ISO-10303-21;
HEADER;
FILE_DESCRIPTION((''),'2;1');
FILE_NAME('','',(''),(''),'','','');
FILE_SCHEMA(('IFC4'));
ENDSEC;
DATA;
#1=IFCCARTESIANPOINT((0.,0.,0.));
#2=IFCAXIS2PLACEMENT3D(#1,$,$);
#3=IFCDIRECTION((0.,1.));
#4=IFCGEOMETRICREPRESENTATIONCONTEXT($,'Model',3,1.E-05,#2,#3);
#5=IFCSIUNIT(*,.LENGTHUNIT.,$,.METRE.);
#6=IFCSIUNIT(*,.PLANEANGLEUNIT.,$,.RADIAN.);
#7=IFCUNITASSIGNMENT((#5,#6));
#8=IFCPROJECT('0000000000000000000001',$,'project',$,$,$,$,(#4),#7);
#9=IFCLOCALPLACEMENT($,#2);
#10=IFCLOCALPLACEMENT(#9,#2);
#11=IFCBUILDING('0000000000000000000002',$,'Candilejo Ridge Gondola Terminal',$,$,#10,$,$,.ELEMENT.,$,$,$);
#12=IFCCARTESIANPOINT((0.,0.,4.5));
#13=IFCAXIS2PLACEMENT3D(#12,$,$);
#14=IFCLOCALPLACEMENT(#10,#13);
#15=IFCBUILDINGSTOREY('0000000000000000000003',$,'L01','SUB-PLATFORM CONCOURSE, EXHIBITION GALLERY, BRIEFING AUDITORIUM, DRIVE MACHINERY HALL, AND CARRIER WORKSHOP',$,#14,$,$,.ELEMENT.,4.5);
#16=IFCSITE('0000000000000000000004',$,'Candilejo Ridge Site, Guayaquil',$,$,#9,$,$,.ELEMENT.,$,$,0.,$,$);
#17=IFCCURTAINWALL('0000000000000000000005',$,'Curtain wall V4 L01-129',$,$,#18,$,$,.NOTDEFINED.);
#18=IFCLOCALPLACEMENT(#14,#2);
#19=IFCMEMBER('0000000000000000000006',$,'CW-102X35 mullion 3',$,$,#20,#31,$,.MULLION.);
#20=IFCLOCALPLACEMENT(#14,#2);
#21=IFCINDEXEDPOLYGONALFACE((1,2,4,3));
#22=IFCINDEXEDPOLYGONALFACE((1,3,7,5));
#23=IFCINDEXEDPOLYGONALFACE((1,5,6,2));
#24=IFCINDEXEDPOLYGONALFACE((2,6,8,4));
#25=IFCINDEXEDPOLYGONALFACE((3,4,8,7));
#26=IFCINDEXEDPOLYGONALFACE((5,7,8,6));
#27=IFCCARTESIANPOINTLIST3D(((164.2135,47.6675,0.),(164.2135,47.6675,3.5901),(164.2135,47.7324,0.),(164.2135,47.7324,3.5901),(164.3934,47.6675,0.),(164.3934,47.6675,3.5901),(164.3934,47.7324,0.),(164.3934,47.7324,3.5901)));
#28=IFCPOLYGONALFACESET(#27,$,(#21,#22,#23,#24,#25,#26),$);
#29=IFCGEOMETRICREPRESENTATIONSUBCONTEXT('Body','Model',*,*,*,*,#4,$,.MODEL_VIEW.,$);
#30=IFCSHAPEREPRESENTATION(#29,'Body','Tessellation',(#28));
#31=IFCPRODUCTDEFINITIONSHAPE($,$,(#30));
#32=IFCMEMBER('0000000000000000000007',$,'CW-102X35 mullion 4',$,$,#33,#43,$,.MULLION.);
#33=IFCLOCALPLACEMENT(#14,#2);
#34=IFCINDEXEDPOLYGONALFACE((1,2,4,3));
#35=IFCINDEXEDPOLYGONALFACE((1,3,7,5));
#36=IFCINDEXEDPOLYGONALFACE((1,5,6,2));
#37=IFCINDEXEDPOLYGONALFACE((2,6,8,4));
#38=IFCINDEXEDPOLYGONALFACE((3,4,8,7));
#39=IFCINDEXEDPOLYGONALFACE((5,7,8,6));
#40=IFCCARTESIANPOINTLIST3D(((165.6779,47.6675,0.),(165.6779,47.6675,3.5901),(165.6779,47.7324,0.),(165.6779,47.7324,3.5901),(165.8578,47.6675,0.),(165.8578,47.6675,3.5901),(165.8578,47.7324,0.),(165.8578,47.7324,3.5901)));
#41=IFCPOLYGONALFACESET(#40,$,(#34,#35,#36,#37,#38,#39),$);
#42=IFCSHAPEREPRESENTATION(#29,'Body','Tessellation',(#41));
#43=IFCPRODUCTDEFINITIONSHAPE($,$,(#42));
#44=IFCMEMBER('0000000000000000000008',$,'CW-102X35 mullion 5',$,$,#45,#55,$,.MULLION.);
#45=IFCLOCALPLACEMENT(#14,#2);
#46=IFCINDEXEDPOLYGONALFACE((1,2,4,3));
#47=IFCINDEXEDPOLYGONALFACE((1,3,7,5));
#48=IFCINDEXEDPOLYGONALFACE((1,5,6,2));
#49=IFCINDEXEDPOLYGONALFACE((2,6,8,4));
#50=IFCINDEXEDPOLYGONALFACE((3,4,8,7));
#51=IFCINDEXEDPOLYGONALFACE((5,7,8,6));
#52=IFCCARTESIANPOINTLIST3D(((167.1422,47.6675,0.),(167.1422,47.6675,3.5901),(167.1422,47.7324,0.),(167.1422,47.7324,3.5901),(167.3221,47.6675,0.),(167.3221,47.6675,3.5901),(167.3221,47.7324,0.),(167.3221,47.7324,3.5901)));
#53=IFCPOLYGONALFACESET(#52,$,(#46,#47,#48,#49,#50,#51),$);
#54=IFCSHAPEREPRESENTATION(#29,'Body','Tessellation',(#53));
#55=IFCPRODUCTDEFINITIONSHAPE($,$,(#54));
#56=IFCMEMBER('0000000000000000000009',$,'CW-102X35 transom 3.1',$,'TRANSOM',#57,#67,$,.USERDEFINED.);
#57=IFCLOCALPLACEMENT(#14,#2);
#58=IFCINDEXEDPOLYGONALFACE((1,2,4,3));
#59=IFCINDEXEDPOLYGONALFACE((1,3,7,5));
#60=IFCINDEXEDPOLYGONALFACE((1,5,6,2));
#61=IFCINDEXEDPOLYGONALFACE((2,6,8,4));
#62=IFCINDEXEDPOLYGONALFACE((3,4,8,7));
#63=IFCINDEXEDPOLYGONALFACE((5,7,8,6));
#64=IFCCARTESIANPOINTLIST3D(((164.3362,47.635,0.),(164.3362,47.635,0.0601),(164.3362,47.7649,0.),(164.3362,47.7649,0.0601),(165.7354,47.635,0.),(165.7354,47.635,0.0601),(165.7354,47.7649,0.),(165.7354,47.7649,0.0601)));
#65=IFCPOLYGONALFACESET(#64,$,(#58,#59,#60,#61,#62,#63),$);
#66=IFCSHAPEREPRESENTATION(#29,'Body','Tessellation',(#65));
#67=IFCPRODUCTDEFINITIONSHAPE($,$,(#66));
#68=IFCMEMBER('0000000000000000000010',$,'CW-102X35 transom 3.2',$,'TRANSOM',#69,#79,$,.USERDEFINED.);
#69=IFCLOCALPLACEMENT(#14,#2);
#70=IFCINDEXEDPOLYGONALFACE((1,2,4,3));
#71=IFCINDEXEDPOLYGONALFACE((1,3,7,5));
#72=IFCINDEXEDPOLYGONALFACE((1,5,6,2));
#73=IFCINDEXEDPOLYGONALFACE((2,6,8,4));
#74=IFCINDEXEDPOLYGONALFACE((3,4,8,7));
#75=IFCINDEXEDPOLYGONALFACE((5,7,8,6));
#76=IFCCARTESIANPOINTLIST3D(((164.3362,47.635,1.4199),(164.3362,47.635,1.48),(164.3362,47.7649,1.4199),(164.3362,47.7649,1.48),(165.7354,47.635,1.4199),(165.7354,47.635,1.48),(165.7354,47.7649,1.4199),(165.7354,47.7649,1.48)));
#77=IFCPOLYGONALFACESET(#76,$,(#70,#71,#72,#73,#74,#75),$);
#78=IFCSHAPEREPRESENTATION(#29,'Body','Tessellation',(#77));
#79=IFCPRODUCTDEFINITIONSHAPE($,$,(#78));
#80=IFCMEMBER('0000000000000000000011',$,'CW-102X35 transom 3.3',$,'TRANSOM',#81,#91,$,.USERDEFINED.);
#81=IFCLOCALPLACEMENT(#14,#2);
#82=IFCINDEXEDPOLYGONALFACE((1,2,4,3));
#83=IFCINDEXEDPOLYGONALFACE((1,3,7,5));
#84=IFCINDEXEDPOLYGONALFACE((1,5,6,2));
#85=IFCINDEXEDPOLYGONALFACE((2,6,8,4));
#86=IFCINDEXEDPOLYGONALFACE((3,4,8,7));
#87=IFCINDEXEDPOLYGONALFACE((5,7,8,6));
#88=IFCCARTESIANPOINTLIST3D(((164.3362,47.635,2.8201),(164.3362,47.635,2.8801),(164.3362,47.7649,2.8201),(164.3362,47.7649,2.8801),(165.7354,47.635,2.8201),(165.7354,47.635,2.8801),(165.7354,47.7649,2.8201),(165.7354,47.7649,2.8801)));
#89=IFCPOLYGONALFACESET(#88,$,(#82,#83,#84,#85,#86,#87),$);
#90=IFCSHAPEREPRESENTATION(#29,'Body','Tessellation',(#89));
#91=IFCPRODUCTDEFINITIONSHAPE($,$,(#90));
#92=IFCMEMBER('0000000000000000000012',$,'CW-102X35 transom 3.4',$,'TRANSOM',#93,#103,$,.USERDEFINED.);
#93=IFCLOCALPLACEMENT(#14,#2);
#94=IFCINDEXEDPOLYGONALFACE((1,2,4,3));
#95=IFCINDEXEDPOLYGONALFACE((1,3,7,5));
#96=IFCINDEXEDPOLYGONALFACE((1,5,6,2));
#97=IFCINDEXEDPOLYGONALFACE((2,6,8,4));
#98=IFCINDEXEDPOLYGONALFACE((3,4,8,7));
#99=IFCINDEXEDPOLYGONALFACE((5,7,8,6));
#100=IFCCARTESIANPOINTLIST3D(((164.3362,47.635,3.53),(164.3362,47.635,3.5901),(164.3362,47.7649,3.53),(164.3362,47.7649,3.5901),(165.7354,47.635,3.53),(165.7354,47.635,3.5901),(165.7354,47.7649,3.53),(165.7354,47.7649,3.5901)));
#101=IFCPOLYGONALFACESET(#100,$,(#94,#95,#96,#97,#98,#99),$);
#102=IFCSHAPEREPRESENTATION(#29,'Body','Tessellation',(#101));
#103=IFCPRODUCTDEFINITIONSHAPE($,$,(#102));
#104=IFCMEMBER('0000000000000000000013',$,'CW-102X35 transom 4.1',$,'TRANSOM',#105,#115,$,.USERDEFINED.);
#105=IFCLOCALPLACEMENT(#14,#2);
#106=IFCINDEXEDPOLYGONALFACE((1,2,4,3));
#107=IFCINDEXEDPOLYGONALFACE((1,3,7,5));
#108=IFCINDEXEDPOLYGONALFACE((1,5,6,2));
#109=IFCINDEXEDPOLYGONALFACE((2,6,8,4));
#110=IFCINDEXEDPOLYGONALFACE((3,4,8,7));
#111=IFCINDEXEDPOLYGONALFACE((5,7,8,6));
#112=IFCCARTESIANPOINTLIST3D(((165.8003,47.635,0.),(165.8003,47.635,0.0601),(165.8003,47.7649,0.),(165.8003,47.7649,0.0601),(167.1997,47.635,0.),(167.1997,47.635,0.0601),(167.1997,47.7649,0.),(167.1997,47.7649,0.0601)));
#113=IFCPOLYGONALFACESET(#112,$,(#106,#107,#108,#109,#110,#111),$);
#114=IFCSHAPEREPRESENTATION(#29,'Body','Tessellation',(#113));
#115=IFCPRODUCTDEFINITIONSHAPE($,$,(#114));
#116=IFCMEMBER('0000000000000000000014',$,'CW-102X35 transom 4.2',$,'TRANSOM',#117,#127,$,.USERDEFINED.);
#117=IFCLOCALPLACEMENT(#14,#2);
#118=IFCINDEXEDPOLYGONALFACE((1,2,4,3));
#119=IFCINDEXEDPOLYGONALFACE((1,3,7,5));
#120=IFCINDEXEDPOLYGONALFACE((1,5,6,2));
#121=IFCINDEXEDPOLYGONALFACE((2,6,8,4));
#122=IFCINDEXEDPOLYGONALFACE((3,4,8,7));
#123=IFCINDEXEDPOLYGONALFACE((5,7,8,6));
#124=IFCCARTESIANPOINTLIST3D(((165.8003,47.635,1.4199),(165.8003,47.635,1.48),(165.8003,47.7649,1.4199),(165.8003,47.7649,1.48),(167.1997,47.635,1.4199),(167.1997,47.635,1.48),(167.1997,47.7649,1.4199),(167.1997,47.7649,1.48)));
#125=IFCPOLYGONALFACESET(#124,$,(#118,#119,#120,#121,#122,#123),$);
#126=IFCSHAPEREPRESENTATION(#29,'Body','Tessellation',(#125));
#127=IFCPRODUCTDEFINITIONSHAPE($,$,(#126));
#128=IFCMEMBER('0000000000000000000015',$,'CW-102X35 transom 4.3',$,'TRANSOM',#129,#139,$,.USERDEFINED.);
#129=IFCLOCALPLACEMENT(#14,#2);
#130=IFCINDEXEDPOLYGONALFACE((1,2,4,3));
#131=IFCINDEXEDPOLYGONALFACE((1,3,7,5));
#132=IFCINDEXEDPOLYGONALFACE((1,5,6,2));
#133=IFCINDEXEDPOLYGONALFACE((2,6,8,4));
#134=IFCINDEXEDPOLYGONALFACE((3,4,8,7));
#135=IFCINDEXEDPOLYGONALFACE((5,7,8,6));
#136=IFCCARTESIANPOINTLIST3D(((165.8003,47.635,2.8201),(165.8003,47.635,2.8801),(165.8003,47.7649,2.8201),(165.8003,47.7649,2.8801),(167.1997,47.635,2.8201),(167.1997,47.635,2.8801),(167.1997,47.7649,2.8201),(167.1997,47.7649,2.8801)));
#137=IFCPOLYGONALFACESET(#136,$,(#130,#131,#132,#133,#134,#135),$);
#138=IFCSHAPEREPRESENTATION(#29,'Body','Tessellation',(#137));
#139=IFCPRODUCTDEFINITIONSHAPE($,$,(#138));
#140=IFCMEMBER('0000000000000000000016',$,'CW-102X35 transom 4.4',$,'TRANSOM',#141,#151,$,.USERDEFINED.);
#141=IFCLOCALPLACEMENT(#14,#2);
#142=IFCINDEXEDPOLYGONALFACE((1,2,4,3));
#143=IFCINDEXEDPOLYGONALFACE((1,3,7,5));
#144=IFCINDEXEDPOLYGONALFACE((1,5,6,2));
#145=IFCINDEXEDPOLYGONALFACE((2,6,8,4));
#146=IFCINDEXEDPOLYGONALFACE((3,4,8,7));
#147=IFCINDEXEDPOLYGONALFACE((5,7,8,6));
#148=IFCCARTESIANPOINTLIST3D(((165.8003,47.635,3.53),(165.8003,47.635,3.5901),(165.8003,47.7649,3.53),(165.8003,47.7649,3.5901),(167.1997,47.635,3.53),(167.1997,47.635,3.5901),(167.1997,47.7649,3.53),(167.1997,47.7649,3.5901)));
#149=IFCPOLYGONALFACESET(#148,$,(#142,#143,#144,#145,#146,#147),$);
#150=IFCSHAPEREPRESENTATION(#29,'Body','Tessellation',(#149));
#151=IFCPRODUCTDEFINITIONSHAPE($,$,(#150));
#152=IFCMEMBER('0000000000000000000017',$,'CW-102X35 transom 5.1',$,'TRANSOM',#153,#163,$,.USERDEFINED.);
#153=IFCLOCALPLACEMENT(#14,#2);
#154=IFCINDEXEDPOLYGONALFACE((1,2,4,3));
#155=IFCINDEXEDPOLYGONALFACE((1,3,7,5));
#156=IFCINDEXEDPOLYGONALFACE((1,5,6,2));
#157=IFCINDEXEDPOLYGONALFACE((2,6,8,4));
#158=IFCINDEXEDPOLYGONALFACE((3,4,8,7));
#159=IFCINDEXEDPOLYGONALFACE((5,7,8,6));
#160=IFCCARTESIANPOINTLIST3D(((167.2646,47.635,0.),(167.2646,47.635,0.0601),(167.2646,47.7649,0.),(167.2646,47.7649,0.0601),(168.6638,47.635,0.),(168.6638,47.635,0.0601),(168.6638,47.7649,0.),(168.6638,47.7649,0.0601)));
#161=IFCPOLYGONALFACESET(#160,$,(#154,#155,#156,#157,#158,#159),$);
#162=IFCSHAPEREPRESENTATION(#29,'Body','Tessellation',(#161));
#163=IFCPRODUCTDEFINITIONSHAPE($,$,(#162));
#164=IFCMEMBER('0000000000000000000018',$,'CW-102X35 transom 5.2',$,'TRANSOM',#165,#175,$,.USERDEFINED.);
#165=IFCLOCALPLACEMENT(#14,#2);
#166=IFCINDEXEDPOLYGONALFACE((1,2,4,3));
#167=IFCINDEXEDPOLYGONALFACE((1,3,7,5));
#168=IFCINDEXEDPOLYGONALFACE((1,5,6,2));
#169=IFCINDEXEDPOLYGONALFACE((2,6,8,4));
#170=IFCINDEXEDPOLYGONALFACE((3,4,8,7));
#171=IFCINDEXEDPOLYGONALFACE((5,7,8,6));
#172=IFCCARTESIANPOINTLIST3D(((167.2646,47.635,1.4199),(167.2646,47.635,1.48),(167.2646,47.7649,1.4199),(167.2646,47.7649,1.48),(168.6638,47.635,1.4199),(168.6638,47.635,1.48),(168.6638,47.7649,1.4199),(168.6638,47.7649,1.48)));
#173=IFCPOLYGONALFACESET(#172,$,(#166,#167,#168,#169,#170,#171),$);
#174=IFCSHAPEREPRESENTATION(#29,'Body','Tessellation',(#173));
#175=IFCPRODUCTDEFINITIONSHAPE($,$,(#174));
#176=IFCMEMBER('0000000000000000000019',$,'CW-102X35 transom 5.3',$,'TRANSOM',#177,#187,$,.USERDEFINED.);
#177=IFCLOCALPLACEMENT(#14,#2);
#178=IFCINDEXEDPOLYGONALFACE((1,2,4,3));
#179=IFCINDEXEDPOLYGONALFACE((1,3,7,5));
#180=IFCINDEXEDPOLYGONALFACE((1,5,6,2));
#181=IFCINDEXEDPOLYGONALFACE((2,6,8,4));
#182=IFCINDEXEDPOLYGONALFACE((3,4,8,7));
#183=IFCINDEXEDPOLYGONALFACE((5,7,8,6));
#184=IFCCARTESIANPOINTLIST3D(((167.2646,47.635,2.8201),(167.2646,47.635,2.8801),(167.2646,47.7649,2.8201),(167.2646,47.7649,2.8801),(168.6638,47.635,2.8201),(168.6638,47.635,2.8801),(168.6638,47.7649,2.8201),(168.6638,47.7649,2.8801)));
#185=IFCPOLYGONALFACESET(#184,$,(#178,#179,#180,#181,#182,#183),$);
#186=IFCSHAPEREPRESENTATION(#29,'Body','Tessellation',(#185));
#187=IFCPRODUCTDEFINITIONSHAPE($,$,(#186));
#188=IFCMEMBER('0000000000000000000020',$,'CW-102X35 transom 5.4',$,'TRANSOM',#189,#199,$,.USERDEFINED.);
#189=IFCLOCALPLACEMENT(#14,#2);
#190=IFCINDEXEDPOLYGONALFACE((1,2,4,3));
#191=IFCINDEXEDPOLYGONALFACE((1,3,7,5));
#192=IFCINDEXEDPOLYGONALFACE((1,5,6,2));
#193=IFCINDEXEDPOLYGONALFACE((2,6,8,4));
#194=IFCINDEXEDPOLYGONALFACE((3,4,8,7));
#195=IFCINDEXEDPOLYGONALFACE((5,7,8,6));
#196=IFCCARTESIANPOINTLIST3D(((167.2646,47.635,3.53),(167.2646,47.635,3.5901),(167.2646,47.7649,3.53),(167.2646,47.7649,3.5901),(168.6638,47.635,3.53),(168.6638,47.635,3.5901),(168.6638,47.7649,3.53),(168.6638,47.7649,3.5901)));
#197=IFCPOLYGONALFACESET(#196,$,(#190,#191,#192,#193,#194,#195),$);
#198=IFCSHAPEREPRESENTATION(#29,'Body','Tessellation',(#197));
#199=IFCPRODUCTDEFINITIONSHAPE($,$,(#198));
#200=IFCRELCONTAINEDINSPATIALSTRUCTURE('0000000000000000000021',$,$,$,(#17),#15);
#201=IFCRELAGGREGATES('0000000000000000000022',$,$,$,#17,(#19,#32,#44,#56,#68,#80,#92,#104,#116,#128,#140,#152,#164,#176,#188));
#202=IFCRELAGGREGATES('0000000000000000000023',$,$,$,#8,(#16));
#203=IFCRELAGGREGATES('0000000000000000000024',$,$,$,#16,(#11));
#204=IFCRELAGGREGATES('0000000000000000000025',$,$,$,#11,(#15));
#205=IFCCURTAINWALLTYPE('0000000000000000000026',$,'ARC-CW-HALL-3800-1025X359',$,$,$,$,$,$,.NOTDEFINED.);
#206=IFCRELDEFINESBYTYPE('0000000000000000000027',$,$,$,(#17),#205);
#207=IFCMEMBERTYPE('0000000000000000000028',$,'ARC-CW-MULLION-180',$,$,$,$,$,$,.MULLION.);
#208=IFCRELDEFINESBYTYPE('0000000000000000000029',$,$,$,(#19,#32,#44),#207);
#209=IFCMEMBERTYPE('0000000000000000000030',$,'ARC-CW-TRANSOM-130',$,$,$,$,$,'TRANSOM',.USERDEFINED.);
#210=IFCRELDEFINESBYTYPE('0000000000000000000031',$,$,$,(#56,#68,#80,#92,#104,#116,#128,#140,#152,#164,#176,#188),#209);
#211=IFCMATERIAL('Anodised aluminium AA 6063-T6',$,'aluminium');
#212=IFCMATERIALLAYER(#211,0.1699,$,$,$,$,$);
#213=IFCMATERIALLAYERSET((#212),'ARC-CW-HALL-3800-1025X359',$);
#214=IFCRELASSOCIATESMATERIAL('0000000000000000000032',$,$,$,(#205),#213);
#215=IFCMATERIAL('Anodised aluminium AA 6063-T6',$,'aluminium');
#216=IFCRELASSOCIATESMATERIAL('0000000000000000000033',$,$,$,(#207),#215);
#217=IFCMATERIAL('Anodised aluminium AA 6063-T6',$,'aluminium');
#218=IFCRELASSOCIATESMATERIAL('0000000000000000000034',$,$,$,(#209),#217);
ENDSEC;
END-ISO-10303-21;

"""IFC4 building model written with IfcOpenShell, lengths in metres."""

from ifc_helpers import new_model, si_unit, direction, frame, origin, origin_2d, place, context, subcontext, project, spatial, rectangle, extrude, material, layer, layer_set, material_profile, profile_set, type_object, element, aggregate, save


model = new_model("IFC4")

# Units and contexts
model_context = context("Model", 3, precision=1e-05, world=origin(), true_north=direction((0.0, 1.0)))
body_context = subcontext(model_context, "Body", "Model", "MODEL_VIEW")
ifc_project = project(units=[si_unit("LENGTHUNIT", "METRE"), si_unit("PLANEANGLEUNIT", "RADIAN")], contexts=[model_context])

# Site, building, storey
site_placement = place(None, origin())
site = spatial("IfcSite", under=ifc_project, at=site_placement, Name="Candilejo Ridge Site, Guayaquil", CompositionType="ELEMENT", RefElevation=0.0)
building_placement = place(site_placement, origin())
building = spatial("IfcBuilding", under=site, at=building_placement, Name="Candilejo Ridge Gondola Terminal", CompositionType="ELEMENT")
storey_placement = place(building_placement, frame((0.0, 0.0, 4.5)))
storey = spatial("IfcBuildingStorey", under=building, at=storey_placement, Name="L01", Description="SUB-PLATFORM CONCOURSE, EXHIBITION GALLERY, BRIEFING AUDITORIUM, DRIVE MACHINERY HALL, AND CARRIER WORKSHOP", CompositionType="ELEMENT", Elevation=4.5)

# Curtain wall, members
ifc_material_1 = material(Name="Anodised aluminium AA 6063-T6", Category="aluminium")
ifc_layer_1 = layer(ifc_material_1, 0.1699)
ifc_layer_set_1 = layer_set([ifc_layer_1], Name="ARC-CW-HALL-3800-1025X359")
curtain_wall_type = type_object("IfcCurtainWallType", Name="ARC-CW-HALL-3800-1025X359", PredefinedType="NOTDEFINED", material=ifc_layer_set_1)
curtain_wall_placement = place(storey_placement, origin())
curtain_wall = element("IfcCurtainWall", 1, at=curtain_wall_placement, inside=storey, type_object=curtain_wall_type, Name="Curtain wall V4 L01-129", PredefinedType="NOTDEFINED")
ifc_material_2 = material(Name="Anodised aluminium AA 6063-T6", Category="aluminium")
ifc_material_profile_1 = material_profile(ifc_material_2, rectangle(XDim=0.0649, YDim=0.1799, at=origin_2d()))
ifc_profile_set_1 = profile_set([ifc_material_profile_1], Name="Anodised aluminium AA 6063-T6")
member_type_1 = type_object("IfcMemberType", Name="ARC-CW-MULLION-180", PredefinedType="MULLION", material=ifc_profile_set_1)
member_1_placement = place(storey_placement, frame((164.3035, 47.7, 0.0), z_axis=(0.0, 0.0, 1.0), x_axis=(0.0, 1.0, 0.0)))
member_1 = element("IfcMember", 2, at=member_1_placement, type_object=member_type_1, Name="CW-102X35 mullion 3", PredefinedType="MULLION", context=body_context, shape_type="SweptSolid", body=[
    extrude(rectangle(XDim=0.0649, YDim=0.1799, at=origin_2d()), origin(), (0.0, 0.0, 1.0), 3.5901),
])
member_2_placement = place(storey_placement, frame((165.7678, 47.7, 0.0), z_axis=(0.0, 0.0, 1.0), x_axis=(0.0, 1.0, 0.0)))
member_2 = element("IfcMember", 3, at=member_2_placement, type_object=member_type_1, Name="CW-102X35 mullion 4", PredefinedType="MULLION", context=body_context, shape_type="SweptSolid", body=[
    extrude(rectangle(XDim=0.0649, YDim=0.1799, at=origin_2d()), origin(), (0.0, 0.0, 1.0), 3.5901),
])
member_3_placement = place(storey_placement, frame((167.2322, 47.7, 0.0), z_axis=(0.0, 0.0, 1.0), x_axis=(0.0, 1.0, 0.0)))
member_3 = element("IfcMember", 4, at=member_3_placement, type_object=member_type_1, Name="CW-102X35 mullion 5", PredefinedType="MULLION", context=body_context, shape_type="SweptSolid", body=[
    extrude(rectangle(XDim=0.0649, YDim=0.1799, at=origin_2d()), origin(), (0.0, 0.0, 1.0), 3.5901),
])
ifc_material_3 = material(Name="Anodised aluminium AA 6063-T6", Category="aluminium")
ifc_material_profile_2 = material_profile(ifc_material_3, rectangle(XDim=0.1299, YDim=0.0601, at=origin_2d()))
ifc_profile_set_2 = profile_set([ifc_material_profile_2], Name="Anodised aluminium AA 6063-T6")
member_type_2 = type_object("IfcMemberType", Name="ARC-CW-TRANSOM-130", ElementType="TRANSOM", PredefinedType="USERDEFINED", material=ifc_profile_set_2)
member_4_placement = place(storey_placement, frame((164.3362, 47.7, 0.03), z_axis=(1.0, 0.0, 0.0), x_axis=(0.0, 1.0, 0.0)))
member_4 = element("IfcMember", 5, at=member_4_placement, type_object=member_type_2, Name="CW-102X35 transom 3.1", ObjectType="TRANSOM", PredefinedType="USERDEFINED", context=body_context, shape_type="SweptSolid", body=[
    extrude(rectangle(XDim=0.1299, YDim=0.0601, at=origin_2d()), origin(), (0.0, 0.0, 1.0), 1.3992),
])
member_5_placement = place(storey_placement, frame((164.3362, 47.7, 1.45), z_axis=(1.0, 0.0, 0.0), x_axis=(0.0, 1.0, 0.0)))
member_5 = element("IfcMember", 6, at=member_5_placement, type_object=member_type_2, Name="CW-102X35 transom 3.2", ObjectType="TRANSOM", PredefinedType="USERDEFINED", context=body_context, shape_type="SweptSolid", body=[
    extrude(rectangle(XDim=0.1299, YDim=0.0601, at=origin_2d()), origin(), (0.0, 0.0, 1.0), 1.3992),
])
member_6_placement = place(storey_placement, frame((164.3362, 47.7, 2.8501), z_axis=(1.0, 0.0, 0.0), x_axis=(0.0, 1.0, 0.0)))
member_6 = element("IfcMember", 7, at=member_6_placement, type_object=member_type_2, Name="CW-102X35 transom 3.3", ObjectType="TRANSOM", PredefinedType="USERDEFINED", context=body_context, shape_type="SweptSolid", body=[
    extrude(rectangle(XDim=0.1299, YDim=0.0601, at=origin_2d()), origin(), (0.0, 0.0, 1.0), 1.3992),
])
member_7_placement = place(storey_placement, frame((164.3362, 47.7, 3.5601), z_axis=(1.0, 0.0, 0.0), x_axis=(0.0, 1.0, 0.0)))
member_7 = element("IfcMember", 8, at=member_7_placement, type_object=member_type_2, Name="CW-102X35 transom 3.4", ObjectType="TRANSOM", PredefinedType="USERDEFINED", context=body_context, shape_type="SweptSolid", body=[
    extrude(rectangle(XDim=0.1299, YDim=0.0601, at=origin_2d()), origin(), (0.0, 0.0, 1.0), 1.3992),
])
member_8_placement = place(storey_placement, frame((165.8003, 47.7, 0.03), z_axis=(1.0, 0.0, 0.0), x_axis=(0.0, 1.0, 0.0)))
member_8 = element("IfcMember", 9, at=member_8_placement, type_object=member_type_2, Name="CW-102X35 transom 4.1", ObjectType="TRANSOM", PredefinedType="USERDEFINED", context=body_context, shape_type="SweptSolid", body=[
    extrude(rectangle(XDim=0.1299, YDim=0.0601, at=origin_2d()), origin(), (0.0, 0.0, 1.0), 1.3994),
])
member_9_placement = place(storey_placement, frame((165.8003, 47.7, 1.45), z_axis=(1.0, 0.0, 0.0), x_axis=(0.0, 1.0, 0.0)))
member_9 = element("IfcMember", 10, at=member_9_placement, type_object=member_type_2, Name="CW-102X35 transom 4.2", ObjectType="TRANSOM", PredefinedType="USERDEFINED", context=body_context, shape_type="SweptSolid", body=[
    extrude(rectangle(XDim=0.1299, YDim=0.0601, at=origin_2d()), origin(), (0.0, 0.0, 1.0), 1.3994),
])
member_10_placement = place(storey_placement, frame((165.8003, 47.7, 2.8501), z_axis=(1.0, 0.0, 0.0), x_axis=(0.0, 1.0, 0.0)))
member_10 = element("IfcMember", 11, at=member_10_placement, type_object=member_type_2, Name="CW-102X35 transom 4.3", ObjectType="TRANSOM", PredefinedType="USERDEFINED", context=body_context, shape_type="SweptSolid", body=[
    extrude(rectangle(XDim=0.1299, YDim=0.0601, at=origin_2d()), origin(), (0.0, 0.0, 1.0), 1.3994),
])
member_11_placement = place(storey_placement, frame((165.8003, 47.7, 3.5601), z_axis=(1.0, 0.0, 0.0), x_axis=(0.0, 1.0, 0.0)))
member_11 = element("IfcMember", 12, at=member_11_placement, type_object=member_type_2, Name="CW-102X35 transom 4.4", ObjectType="TRANSOM", PredefinedType="USERDEFINED", context=body_context, shape_type="SweptSolid", body=[
    extrude(rectangle(XDim=0.1299, YDim=0.0601, at=origin_2d()), origin(), (0.0, 0.0, 1.0), 1.3994),
])
member_12_placement = place(storey_placement, frame((167.2646, 47.7, 0.03), z_axis=(1.0, 0.0, 0.0), x_axis=(0.0, 1.0, 0.0)))
member_12 = element("IfcMember", 13, at=member_12_placement, type_object=member_type_2, Name="CW-102X35 transom 5.1", ObjectType="TRANSOM", PredefinedType="USERDEFINED", context=body_context, shape_type="SweptSolid", body=[
    extrude(rectangle(XDim=0.1299, YDim=0.0601, at=origin_2d()), origin(), (0.0, 0.0, 1.0), 1.3992),
])
member_13_placement = place(storey_placement, frame((167.2646, 47.7, 1.45), z_axis=(1.0, 0.0, 0.0), x_axis=(0.0, 1.0, 0.0)))
member_13 = element("IfcMember", 14, at=member_13_placement, type_object=member_type_2, Name="CW-102X35 transom 5.2", ObjectType="TRANSOM", PredefinedType="USERDEFINED", context=body_context, shape_type="SweptSolid", body=[
    extrude(rectangle(XDim=0.1299, YDim=0.0601, at=origin_2d()), origin(), (0.0, 0.0, 1.0), 1.3992),
])
member_14_placement = place(storey_placement, frame((167.2646, 47.7, 2.8501), z_axis=(1.0, 0.0, 0.0), x_axis=(0.0, 1.0, 0.0)))
member_14 = element("IfcMember", 15, at=member_14_placement, type_object=member_type_2, Name="CW-102X35 transom 5.3", ObjectType="TRANSOM", PredefinedType="USERDEFINED", context=body_context, shape_type="SweptSolid", body=[
    extrude(rectangle(XDim=0.1299, YDim=0.0601, at=origin_2d()), origin(), (0.0, 0.0, 1.0), 1.3992),
])
member_15_placement = place(storey_placement, frame((167.2646, 47.7, 3.5601), z_axis=(1.0, 0.0, 0.0), x_axis=(0.0, 1.0, 0.0)))
member_15 = element("IfcMember", 16, at=member_15_placement, type_object=member_type_2, Name="CW-102X35 transom 5.4", ObjectType="TRANSOM", PredefinedType="USERDEFINED", context=body_context, shape_type="SweptSolid", body=[
    extrude(rectangle(XDim=0.1299, YDim=0.0601, at=origin_2d()), origin(), (0.0, 0.0, 1.0), 1.3992),
])
aggregate(curtain_wall, [member_1, member_2, member_3, member_4, member_5, member_6, member_7, member_8, member_9, member_10, member_11, member_12, member_13, member_14, member_15])

save(model, "model.ifc")
